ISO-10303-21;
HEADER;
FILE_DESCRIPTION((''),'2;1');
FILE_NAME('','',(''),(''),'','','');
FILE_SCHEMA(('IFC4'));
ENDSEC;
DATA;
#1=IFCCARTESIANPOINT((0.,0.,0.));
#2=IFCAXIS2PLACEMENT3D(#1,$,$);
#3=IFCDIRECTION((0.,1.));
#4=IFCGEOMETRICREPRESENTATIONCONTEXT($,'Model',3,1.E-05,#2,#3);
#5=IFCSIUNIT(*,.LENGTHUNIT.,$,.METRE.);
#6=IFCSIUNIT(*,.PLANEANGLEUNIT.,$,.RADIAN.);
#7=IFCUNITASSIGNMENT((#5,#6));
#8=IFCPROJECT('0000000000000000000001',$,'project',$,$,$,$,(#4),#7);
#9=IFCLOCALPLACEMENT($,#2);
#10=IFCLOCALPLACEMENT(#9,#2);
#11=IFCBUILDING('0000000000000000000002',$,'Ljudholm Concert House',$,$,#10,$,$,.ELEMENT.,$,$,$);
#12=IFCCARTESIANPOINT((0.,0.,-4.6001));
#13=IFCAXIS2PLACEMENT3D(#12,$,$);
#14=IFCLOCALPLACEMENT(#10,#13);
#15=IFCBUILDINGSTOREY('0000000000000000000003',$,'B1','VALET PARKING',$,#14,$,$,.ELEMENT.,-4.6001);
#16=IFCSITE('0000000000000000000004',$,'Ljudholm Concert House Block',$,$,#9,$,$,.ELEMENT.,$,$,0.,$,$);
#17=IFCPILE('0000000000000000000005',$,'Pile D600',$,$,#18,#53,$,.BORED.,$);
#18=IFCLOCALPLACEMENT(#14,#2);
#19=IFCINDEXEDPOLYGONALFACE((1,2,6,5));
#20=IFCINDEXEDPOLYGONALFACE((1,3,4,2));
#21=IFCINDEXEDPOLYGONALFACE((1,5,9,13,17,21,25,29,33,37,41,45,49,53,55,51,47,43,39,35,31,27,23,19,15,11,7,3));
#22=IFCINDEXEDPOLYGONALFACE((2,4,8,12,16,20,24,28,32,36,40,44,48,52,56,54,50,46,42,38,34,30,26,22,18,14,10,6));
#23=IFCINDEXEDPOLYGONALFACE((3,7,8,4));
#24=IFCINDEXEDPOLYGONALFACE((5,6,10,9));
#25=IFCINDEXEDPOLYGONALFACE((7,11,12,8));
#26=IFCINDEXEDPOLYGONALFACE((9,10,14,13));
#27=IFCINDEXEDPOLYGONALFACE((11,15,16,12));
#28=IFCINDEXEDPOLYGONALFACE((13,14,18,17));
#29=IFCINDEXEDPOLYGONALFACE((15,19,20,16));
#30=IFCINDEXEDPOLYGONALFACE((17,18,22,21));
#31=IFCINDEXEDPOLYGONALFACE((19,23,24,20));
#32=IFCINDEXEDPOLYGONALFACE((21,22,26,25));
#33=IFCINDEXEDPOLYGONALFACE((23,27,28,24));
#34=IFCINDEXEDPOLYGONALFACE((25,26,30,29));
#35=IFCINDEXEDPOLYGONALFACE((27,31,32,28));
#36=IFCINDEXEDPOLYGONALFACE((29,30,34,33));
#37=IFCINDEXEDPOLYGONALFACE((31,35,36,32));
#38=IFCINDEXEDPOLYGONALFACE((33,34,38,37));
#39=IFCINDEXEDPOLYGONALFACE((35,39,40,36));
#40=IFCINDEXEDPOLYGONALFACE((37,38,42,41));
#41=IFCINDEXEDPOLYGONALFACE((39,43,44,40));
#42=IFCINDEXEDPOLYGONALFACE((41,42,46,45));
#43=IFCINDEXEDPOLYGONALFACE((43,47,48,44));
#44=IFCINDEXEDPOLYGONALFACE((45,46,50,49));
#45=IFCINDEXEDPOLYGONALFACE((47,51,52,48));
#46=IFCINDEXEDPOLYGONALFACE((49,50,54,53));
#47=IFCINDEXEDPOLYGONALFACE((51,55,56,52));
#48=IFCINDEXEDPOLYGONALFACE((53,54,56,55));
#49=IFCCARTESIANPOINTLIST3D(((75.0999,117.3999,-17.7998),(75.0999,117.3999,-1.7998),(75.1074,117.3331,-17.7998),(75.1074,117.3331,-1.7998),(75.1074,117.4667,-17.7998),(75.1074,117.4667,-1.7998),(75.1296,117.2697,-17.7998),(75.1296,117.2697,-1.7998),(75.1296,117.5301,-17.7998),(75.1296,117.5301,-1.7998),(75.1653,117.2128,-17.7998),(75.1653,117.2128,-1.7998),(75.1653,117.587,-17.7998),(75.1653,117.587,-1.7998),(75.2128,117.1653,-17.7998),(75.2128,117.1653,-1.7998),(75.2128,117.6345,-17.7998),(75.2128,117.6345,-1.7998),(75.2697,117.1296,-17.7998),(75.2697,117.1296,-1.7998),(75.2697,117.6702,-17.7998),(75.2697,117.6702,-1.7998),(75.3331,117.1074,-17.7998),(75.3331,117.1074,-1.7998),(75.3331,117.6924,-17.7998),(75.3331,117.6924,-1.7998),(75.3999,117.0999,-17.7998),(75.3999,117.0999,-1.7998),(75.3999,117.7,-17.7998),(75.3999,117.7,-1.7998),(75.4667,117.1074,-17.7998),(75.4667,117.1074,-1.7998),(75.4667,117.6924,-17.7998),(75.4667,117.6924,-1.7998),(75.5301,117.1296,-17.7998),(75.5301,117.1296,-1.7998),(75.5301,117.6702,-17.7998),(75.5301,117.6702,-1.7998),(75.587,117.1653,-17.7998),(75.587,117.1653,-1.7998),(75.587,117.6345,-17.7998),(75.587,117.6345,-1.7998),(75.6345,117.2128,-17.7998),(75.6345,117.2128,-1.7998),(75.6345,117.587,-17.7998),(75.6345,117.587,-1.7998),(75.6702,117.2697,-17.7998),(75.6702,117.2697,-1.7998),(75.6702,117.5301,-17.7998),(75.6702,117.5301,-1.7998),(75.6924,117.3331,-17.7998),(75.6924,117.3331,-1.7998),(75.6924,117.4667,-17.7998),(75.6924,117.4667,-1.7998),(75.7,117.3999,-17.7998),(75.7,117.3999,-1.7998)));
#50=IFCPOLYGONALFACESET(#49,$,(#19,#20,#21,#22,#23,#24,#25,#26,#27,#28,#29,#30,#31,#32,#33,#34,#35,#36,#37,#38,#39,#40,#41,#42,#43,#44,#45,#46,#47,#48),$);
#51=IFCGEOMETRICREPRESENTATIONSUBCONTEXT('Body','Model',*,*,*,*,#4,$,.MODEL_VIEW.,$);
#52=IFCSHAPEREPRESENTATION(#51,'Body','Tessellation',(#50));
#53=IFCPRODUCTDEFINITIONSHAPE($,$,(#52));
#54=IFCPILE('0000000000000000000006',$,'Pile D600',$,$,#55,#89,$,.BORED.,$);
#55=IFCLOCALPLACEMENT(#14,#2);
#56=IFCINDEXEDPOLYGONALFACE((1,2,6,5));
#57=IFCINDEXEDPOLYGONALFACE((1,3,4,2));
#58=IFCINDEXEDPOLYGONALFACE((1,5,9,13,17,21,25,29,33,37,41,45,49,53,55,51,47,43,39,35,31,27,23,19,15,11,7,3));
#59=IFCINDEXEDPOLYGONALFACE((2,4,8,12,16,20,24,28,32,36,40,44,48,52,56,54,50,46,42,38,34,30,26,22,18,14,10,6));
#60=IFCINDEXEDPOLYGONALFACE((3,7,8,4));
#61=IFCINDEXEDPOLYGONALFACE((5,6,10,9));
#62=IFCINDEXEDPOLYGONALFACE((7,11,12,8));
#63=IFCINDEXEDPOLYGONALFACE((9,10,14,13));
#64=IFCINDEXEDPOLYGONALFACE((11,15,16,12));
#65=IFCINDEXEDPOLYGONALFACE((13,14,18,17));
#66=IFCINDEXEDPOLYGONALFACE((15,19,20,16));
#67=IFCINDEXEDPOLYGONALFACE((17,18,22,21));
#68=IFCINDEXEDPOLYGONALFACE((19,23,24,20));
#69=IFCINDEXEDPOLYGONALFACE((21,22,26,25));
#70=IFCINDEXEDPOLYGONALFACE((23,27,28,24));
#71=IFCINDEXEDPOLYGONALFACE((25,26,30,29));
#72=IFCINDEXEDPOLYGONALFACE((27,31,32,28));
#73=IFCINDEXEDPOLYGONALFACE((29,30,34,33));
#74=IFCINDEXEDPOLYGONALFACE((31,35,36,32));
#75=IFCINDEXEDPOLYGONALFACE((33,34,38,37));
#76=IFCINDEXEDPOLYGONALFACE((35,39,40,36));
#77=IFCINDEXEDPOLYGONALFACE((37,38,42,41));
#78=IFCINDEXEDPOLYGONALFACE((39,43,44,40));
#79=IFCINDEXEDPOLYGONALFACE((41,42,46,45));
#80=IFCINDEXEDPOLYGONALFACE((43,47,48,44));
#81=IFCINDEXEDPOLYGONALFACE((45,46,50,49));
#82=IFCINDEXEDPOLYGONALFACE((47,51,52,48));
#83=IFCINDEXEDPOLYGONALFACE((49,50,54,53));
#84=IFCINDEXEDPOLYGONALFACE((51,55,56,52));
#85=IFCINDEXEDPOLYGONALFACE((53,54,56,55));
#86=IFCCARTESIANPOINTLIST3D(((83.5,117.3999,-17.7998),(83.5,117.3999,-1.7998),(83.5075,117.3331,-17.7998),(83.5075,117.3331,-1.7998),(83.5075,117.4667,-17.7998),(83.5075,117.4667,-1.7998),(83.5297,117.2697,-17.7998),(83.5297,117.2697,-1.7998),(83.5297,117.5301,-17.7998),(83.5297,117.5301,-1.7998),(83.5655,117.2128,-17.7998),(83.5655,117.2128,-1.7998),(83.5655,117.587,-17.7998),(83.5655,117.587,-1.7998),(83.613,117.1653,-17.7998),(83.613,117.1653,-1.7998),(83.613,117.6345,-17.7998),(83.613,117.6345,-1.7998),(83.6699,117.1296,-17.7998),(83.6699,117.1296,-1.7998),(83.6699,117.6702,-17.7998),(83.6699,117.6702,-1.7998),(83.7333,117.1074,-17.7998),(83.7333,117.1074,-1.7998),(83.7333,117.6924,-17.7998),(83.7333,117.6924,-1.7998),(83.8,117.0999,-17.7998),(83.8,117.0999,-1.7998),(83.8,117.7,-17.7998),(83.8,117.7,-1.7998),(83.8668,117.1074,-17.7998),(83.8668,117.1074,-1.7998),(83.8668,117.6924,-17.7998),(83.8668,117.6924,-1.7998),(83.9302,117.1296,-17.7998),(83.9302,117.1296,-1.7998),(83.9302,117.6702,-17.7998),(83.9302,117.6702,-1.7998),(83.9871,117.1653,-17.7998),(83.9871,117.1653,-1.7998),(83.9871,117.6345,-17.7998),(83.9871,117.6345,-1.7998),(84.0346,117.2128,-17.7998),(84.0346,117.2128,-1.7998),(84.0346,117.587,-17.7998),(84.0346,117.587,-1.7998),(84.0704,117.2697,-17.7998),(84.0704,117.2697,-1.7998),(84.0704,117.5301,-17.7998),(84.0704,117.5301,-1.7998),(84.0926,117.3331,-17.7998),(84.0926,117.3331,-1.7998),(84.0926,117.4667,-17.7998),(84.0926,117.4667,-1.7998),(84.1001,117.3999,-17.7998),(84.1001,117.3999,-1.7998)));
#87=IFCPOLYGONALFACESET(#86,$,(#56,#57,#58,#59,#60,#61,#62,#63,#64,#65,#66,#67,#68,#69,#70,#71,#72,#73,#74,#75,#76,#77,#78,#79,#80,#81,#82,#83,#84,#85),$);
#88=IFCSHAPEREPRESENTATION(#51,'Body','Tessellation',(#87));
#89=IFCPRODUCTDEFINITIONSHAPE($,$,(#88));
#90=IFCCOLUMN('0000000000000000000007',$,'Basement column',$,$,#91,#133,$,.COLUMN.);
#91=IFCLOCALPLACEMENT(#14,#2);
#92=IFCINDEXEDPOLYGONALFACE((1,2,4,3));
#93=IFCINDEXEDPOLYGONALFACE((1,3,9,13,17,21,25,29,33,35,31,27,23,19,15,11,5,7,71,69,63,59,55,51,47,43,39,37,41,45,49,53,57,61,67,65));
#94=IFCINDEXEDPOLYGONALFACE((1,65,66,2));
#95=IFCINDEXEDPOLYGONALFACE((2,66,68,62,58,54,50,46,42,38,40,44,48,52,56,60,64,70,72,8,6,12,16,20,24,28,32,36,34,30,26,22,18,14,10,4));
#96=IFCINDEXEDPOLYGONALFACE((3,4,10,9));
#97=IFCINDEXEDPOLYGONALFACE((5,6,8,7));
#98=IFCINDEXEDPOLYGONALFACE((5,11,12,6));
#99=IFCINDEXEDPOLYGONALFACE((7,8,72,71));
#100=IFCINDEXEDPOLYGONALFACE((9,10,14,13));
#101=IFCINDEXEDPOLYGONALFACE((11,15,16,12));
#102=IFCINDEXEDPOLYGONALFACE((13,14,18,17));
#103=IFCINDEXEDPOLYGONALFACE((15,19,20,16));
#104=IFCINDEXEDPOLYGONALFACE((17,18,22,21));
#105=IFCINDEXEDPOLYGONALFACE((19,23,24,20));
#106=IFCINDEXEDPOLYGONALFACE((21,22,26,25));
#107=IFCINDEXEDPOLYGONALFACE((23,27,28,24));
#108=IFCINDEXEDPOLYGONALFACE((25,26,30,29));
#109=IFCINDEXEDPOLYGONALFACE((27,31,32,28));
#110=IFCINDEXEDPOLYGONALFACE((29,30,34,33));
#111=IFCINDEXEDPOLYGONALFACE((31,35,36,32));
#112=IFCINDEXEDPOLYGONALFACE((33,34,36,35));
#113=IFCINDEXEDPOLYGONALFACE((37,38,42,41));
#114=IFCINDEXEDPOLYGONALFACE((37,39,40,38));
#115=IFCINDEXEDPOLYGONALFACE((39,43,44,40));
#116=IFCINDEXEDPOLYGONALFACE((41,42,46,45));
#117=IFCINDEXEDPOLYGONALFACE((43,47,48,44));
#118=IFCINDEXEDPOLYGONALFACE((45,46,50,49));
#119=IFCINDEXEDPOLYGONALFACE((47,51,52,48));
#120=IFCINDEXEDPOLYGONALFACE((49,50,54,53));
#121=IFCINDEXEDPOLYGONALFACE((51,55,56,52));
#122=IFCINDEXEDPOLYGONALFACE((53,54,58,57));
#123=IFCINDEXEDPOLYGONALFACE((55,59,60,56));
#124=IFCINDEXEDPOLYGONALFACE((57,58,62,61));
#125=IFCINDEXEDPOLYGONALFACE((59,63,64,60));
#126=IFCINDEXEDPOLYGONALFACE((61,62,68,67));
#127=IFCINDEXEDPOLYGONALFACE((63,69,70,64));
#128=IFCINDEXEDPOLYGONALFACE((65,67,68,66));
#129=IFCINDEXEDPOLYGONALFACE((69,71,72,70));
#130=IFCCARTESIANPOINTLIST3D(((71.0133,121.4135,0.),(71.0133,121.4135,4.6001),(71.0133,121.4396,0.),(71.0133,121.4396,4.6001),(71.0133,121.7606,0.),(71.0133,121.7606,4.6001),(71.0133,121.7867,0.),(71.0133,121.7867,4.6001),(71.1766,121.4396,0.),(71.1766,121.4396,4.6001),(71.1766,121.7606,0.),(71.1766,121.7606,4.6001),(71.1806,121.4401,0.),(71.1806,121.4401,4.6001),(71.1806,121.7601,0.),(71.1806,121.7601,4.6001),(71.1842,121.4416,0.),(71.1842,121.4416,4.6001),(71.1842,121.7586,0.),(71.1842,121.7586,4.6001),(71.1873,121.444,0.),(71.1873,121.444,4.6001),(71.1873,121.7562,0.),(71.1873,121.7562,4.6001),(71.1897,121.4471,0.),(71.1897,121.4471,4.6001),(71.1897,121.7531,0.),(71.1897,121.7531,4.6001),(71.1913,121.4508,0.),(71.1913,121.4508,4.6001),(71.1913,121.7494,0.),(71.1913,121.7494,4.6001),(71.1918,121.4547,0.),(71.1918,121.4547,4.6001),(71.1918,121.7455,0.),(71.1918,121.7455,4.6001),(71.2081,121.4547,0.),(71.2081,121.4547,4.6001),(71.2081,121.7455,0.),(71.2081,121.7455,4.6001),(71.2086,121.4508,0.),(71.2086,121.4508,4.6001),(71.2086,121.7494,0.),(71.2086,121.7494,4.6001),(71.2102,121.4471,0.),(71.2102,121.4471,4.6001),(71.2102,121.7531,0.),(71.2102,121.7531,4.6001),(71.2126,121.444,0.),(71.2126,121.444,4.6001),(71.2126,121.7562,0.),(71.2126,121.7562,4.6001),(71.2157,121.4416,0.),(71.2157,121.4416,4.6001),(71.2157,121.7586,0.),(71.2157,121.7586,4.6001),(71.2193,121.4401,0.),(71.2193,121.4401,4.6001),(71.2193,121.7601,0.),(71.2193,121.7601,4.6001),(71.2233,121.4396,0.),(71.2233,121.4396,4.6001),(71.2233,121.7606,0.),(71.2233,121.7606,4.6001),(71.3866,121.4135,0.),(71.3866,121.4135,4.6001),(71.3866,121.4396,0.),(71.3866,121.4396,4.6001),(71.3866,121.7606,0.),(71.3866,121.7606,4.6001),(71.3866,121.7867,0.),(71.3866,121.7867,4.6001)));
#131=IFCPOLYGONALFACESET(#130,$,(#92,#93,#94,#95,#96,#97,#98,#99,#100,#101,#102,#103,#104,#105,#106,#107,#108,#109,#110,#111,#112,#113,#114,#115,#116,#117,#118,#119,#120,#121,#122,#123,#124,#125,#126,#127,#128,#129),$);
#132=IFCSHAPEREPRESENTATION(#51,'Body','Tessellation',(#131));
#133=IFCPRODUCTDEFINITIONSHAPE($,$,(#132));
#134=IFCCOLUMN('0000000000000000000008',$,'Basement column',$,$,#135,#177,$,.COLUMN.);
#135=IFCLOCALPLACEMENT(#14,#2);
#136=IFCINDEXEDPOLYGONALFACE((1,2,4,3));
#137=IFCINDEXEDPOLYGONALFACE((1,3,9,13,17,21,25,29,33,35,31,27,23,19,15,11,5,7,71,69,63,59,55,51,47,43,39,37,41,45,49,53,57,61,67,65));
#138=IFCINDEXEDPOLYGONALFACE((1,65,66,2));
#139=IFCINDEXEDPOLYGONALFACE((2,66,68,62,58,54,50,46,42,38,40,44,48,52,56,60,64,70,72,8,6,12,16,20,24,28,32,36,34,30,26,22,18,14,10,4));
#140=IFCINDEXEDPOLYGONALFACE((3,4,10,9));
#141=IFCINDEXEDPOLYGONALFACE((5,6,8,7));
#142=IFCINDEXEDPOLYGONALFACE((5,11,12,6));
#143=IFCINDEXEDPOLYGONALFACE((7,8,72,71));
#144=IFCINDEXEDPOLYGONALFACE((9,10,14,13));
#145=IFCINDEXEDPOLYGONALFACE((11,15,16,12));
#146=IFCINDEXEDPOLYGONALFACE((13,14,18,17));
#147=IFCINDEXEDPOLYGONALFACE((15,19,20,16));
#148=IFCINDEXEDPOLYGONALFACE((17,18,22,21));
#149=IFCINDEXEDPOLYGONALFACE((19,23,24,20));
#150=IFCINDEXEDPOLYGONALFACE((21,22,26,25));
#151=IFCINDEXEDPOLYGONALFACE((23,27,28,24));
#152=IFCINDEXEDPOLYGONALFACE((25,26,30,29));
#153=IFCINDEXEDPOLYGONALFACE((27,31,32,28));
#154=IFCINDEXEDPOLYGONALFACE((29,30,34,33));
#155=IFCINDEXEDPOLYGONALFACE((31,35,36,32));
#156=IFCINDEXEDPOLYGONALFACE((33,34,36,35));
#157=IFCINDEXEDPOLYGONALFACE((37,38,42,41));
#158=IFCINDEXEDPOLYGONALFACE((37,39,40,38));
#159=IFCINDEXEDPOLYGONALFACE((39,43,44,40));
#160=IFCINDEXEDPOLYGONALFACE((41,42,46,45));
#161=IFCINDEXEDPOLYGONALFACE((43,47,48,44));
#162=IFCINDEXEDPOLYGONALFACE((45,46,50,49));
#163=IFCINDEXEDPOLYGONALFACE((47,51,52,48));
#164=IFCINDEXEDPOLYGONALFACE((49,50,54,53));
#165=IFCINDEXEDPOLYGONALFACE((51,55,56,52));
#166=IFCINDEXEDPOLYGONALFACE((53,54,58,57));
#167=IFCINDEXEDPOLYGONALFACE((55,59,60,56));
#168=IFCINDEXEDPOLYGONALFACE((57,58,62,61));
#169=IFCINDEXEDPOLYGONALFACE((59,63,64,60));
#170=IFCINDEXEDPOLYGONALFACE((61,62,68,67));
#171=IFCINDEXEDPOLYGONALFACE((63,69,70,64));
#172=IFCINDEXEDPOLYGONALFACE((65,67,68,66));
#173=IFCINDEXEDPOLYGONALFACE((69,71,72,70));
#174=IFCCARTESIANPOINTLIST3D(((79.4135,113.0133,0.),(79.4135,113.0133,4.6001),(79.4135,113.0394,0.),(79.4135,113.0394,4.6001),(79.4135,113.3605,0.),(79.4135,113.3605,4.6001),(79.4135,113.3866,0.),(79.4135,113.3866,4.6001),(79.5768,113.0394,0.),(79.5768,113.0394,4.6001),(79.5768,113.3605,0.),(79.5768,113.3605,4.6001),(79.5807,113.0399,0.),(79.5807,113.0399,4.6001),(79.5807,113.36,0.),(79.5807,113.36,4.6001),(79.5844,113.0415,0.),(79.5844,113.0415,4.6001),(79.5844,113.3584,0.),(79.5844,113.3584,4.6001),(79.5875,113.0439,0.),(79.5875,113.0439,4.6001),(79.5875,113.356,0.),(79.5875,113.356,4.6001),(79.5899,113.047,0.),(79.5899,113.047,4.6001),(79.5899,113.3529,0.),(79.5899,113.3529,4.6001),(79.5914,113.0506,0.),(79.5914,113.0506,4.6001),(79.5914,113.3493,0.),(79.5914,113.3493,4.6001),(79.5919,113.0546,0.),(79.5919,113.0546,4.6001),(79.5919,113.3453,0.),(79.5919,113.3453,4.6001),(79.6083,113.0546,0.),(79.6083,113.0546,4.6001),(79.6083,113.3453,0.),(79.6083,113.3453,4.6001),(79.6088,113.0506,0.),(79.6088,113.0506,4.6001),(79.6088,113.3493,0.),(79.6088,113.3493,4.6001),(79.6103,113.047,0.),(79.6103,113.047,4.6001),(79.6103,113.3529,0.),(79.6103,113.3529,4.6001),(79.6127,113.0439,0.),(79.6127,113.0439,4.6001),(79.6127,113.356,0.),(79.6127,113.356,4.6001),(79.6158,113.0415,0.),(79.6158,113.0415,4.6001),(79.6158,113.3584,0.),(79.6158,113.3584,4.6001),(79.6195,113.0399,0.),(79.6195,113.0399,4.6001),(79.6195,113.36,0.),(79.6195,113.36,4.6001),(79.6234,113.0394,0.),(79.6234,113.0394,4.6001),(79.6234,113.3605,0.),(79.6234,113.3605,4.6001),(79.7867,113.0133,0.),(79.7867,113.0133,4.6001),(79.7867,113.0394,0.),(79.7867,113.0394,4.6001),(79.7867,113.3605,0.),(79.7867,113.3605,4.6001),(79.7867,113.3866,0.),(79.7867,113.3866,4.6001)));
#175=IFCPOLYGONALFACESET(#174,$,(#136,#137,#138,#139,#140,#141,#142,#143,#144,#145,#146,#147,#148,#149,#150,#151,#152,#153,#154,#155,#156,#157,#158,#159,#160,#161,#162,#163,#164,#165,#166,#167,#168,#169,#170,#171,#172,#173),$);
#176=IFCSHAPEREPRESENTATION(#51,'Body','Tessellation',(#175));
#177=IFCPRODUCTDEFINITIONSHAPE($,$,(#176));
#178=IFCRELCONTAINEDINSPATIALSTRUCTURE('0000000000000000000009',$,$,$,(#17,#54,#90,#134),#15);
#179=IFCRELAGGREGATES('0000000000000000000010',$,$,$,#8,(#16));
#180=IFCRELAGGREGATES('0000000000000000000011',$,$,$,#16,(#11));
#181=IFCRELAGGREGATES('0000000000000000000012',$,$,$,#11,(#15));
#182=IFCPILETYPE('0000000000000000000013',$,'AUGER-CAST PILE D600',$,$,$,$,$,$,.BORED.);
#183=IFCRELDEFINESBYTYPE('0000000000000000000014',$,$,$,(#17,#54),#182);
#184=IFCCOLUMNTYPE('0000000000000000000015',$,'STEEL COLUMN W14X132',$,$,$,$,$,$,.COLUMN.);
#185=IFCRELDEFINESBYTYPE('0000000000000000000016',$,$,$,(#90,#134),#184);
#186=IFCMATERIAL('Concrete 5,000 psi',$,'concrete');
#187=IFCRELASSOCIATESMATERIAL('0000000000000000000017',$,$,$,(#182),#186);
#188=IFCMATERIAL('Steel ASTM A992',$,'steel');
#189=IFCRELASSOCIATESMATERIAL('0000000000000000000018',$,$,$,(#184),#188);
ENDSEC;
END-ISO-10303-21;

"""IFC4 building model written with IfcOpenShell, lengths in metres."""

from ifc_helpers import new_model, si_unit, direction, frame, origin, origin_2d, place, context, subcontext, project, spatial, circle, i_section, extrude, material, material_profile, profile_set, type_object, element, save


model = new_model("IFC4")

# Units and contexts
model_context = context("Model", 3, precision=1e-05, world=origin(), true_north=direction((0.0, 1.0)))
body_context = subcontext(model_context, "Body", "Model", "MODEL_VIEW")
ifc_project = project(units=[si_unit("LENGTHUNIT", "METRE"), si_unit("PLANEANGLEUNIT", "RADIAN")], contexts=[model_context])

# Site, building, storey
site_placement = place(None, origin())
site = spatial("IfcSite", under=ifc_project, at=site_placement, Name="Ljudholm Concert House Block", CompositionType="ELEMENT", RefElevation=0.0)
building_placement = place(site_placement, origin())
building = spatial("IfcBuilding", under=site, at=building_placement, Name="Ljudholm Concert House", CompositionType="ELEMENT")
storey_placement = place(building_placement, frame((0.0, 0.0, -4.6001)))
storey = spatial("IfcBuildingStorey", under=building, at=storey_placement, Name="B1", Description="VALET PARKING", CompositionType="ELEMENT", Elevation=-4.6001)

# Piles
ifc_material_1 = material(Name="Concrete 5,000 psi", Category="concrete")
ifc_material_profile_1 = material_profile(ifc_material_1, circle(Radius=0.3, at=origin_2d()), Name="AUGER-CAST PILE D600")
ifc_profile_set_1 = profile_set([ifc_material_profile_1], Name="Concrete 5,000 psi")
pile_type = type_object("IfcPileType", Name="AUGER-CAST PILE D600", PredefinedType="BORED", material=ifc_profile_set_1)
for number, where, z_axis, x_axis, name in (
    (1, (75.3999, 117.3999, -1.7998), (0.0, 0.0, -1.0), (1.0, 0.0, 0.0), "Pile D600"),
    (2, (83.8, 117.3999, -1.7998), (0.0, 0.0, -1.0), (1.0, 0.0, 0.0), "Pile D600"),
):
    element("IfcPile", number, at=place(storey_placement, frame(where, z_axis=z_axis, x_axis=x_axis)), inside=storey, type_object=pile_type, Name=name, PredefinedType="BORED", context=body_context, shape_type="SweptSolid", body=[
        extrude(circle(Radius=0.3, at=origin_2d()), origin(), (0.0, 0.0, 1.0), 16.0),
    ])

# Columns
ifc_material_2 = material(Name="Steel ASTM A992", Category="steel")
ifc_material_profile_2 = material_profile(ifc_material_2, i_section(OverallWidth=0.3733, OverallDepth=0.3733, WebThickness=0.0164, FlangeThickness=0.0261, FilletRadius=0.0151, at=origin_2d()), Name="W14X132")
ifc_profile_set_2 = profile_set([ifc_material_profile_2], Name="Steel ASTM A992")
column_type = type_object("IfcColumnType", Name="STEEL COLUMN W14X132", PredefinedType="COLUMN", material=ifc_profile_set_2)
for number, where, z_axis, x_axis, name in (
    (3, (71.2, 121.6001, 0.0), (0.0, 0.0, 1.0), (1.0, 0.0, 0.0), "Basement column"),
    (4, (79.6001, 113.2, 0.0), (0.0, 0.0, 1.0), (1.0, 0.0, 0.0), "Basement column"),
):
    element("IfcColumn", number, at=place(storey_placement, frame(where, z_axis=z_axis, x_axis=x_axis)), inside=storey, type_object=column_type, Name=name, PredefinedType="COLUMN", context=body_context, shape_type="SweptSolid", body=[
        extrude(i_section(OverallWidth=0.3733, OverallDepth=0.3733, WebThickness=0.0164, FlangeThickness=0.0261, FilletRadius=0.0151, at=origin_2d()), origin(), (0.0, 0.0, 1.0), 4.6001),
    ])

save(model, "model.ifc")
